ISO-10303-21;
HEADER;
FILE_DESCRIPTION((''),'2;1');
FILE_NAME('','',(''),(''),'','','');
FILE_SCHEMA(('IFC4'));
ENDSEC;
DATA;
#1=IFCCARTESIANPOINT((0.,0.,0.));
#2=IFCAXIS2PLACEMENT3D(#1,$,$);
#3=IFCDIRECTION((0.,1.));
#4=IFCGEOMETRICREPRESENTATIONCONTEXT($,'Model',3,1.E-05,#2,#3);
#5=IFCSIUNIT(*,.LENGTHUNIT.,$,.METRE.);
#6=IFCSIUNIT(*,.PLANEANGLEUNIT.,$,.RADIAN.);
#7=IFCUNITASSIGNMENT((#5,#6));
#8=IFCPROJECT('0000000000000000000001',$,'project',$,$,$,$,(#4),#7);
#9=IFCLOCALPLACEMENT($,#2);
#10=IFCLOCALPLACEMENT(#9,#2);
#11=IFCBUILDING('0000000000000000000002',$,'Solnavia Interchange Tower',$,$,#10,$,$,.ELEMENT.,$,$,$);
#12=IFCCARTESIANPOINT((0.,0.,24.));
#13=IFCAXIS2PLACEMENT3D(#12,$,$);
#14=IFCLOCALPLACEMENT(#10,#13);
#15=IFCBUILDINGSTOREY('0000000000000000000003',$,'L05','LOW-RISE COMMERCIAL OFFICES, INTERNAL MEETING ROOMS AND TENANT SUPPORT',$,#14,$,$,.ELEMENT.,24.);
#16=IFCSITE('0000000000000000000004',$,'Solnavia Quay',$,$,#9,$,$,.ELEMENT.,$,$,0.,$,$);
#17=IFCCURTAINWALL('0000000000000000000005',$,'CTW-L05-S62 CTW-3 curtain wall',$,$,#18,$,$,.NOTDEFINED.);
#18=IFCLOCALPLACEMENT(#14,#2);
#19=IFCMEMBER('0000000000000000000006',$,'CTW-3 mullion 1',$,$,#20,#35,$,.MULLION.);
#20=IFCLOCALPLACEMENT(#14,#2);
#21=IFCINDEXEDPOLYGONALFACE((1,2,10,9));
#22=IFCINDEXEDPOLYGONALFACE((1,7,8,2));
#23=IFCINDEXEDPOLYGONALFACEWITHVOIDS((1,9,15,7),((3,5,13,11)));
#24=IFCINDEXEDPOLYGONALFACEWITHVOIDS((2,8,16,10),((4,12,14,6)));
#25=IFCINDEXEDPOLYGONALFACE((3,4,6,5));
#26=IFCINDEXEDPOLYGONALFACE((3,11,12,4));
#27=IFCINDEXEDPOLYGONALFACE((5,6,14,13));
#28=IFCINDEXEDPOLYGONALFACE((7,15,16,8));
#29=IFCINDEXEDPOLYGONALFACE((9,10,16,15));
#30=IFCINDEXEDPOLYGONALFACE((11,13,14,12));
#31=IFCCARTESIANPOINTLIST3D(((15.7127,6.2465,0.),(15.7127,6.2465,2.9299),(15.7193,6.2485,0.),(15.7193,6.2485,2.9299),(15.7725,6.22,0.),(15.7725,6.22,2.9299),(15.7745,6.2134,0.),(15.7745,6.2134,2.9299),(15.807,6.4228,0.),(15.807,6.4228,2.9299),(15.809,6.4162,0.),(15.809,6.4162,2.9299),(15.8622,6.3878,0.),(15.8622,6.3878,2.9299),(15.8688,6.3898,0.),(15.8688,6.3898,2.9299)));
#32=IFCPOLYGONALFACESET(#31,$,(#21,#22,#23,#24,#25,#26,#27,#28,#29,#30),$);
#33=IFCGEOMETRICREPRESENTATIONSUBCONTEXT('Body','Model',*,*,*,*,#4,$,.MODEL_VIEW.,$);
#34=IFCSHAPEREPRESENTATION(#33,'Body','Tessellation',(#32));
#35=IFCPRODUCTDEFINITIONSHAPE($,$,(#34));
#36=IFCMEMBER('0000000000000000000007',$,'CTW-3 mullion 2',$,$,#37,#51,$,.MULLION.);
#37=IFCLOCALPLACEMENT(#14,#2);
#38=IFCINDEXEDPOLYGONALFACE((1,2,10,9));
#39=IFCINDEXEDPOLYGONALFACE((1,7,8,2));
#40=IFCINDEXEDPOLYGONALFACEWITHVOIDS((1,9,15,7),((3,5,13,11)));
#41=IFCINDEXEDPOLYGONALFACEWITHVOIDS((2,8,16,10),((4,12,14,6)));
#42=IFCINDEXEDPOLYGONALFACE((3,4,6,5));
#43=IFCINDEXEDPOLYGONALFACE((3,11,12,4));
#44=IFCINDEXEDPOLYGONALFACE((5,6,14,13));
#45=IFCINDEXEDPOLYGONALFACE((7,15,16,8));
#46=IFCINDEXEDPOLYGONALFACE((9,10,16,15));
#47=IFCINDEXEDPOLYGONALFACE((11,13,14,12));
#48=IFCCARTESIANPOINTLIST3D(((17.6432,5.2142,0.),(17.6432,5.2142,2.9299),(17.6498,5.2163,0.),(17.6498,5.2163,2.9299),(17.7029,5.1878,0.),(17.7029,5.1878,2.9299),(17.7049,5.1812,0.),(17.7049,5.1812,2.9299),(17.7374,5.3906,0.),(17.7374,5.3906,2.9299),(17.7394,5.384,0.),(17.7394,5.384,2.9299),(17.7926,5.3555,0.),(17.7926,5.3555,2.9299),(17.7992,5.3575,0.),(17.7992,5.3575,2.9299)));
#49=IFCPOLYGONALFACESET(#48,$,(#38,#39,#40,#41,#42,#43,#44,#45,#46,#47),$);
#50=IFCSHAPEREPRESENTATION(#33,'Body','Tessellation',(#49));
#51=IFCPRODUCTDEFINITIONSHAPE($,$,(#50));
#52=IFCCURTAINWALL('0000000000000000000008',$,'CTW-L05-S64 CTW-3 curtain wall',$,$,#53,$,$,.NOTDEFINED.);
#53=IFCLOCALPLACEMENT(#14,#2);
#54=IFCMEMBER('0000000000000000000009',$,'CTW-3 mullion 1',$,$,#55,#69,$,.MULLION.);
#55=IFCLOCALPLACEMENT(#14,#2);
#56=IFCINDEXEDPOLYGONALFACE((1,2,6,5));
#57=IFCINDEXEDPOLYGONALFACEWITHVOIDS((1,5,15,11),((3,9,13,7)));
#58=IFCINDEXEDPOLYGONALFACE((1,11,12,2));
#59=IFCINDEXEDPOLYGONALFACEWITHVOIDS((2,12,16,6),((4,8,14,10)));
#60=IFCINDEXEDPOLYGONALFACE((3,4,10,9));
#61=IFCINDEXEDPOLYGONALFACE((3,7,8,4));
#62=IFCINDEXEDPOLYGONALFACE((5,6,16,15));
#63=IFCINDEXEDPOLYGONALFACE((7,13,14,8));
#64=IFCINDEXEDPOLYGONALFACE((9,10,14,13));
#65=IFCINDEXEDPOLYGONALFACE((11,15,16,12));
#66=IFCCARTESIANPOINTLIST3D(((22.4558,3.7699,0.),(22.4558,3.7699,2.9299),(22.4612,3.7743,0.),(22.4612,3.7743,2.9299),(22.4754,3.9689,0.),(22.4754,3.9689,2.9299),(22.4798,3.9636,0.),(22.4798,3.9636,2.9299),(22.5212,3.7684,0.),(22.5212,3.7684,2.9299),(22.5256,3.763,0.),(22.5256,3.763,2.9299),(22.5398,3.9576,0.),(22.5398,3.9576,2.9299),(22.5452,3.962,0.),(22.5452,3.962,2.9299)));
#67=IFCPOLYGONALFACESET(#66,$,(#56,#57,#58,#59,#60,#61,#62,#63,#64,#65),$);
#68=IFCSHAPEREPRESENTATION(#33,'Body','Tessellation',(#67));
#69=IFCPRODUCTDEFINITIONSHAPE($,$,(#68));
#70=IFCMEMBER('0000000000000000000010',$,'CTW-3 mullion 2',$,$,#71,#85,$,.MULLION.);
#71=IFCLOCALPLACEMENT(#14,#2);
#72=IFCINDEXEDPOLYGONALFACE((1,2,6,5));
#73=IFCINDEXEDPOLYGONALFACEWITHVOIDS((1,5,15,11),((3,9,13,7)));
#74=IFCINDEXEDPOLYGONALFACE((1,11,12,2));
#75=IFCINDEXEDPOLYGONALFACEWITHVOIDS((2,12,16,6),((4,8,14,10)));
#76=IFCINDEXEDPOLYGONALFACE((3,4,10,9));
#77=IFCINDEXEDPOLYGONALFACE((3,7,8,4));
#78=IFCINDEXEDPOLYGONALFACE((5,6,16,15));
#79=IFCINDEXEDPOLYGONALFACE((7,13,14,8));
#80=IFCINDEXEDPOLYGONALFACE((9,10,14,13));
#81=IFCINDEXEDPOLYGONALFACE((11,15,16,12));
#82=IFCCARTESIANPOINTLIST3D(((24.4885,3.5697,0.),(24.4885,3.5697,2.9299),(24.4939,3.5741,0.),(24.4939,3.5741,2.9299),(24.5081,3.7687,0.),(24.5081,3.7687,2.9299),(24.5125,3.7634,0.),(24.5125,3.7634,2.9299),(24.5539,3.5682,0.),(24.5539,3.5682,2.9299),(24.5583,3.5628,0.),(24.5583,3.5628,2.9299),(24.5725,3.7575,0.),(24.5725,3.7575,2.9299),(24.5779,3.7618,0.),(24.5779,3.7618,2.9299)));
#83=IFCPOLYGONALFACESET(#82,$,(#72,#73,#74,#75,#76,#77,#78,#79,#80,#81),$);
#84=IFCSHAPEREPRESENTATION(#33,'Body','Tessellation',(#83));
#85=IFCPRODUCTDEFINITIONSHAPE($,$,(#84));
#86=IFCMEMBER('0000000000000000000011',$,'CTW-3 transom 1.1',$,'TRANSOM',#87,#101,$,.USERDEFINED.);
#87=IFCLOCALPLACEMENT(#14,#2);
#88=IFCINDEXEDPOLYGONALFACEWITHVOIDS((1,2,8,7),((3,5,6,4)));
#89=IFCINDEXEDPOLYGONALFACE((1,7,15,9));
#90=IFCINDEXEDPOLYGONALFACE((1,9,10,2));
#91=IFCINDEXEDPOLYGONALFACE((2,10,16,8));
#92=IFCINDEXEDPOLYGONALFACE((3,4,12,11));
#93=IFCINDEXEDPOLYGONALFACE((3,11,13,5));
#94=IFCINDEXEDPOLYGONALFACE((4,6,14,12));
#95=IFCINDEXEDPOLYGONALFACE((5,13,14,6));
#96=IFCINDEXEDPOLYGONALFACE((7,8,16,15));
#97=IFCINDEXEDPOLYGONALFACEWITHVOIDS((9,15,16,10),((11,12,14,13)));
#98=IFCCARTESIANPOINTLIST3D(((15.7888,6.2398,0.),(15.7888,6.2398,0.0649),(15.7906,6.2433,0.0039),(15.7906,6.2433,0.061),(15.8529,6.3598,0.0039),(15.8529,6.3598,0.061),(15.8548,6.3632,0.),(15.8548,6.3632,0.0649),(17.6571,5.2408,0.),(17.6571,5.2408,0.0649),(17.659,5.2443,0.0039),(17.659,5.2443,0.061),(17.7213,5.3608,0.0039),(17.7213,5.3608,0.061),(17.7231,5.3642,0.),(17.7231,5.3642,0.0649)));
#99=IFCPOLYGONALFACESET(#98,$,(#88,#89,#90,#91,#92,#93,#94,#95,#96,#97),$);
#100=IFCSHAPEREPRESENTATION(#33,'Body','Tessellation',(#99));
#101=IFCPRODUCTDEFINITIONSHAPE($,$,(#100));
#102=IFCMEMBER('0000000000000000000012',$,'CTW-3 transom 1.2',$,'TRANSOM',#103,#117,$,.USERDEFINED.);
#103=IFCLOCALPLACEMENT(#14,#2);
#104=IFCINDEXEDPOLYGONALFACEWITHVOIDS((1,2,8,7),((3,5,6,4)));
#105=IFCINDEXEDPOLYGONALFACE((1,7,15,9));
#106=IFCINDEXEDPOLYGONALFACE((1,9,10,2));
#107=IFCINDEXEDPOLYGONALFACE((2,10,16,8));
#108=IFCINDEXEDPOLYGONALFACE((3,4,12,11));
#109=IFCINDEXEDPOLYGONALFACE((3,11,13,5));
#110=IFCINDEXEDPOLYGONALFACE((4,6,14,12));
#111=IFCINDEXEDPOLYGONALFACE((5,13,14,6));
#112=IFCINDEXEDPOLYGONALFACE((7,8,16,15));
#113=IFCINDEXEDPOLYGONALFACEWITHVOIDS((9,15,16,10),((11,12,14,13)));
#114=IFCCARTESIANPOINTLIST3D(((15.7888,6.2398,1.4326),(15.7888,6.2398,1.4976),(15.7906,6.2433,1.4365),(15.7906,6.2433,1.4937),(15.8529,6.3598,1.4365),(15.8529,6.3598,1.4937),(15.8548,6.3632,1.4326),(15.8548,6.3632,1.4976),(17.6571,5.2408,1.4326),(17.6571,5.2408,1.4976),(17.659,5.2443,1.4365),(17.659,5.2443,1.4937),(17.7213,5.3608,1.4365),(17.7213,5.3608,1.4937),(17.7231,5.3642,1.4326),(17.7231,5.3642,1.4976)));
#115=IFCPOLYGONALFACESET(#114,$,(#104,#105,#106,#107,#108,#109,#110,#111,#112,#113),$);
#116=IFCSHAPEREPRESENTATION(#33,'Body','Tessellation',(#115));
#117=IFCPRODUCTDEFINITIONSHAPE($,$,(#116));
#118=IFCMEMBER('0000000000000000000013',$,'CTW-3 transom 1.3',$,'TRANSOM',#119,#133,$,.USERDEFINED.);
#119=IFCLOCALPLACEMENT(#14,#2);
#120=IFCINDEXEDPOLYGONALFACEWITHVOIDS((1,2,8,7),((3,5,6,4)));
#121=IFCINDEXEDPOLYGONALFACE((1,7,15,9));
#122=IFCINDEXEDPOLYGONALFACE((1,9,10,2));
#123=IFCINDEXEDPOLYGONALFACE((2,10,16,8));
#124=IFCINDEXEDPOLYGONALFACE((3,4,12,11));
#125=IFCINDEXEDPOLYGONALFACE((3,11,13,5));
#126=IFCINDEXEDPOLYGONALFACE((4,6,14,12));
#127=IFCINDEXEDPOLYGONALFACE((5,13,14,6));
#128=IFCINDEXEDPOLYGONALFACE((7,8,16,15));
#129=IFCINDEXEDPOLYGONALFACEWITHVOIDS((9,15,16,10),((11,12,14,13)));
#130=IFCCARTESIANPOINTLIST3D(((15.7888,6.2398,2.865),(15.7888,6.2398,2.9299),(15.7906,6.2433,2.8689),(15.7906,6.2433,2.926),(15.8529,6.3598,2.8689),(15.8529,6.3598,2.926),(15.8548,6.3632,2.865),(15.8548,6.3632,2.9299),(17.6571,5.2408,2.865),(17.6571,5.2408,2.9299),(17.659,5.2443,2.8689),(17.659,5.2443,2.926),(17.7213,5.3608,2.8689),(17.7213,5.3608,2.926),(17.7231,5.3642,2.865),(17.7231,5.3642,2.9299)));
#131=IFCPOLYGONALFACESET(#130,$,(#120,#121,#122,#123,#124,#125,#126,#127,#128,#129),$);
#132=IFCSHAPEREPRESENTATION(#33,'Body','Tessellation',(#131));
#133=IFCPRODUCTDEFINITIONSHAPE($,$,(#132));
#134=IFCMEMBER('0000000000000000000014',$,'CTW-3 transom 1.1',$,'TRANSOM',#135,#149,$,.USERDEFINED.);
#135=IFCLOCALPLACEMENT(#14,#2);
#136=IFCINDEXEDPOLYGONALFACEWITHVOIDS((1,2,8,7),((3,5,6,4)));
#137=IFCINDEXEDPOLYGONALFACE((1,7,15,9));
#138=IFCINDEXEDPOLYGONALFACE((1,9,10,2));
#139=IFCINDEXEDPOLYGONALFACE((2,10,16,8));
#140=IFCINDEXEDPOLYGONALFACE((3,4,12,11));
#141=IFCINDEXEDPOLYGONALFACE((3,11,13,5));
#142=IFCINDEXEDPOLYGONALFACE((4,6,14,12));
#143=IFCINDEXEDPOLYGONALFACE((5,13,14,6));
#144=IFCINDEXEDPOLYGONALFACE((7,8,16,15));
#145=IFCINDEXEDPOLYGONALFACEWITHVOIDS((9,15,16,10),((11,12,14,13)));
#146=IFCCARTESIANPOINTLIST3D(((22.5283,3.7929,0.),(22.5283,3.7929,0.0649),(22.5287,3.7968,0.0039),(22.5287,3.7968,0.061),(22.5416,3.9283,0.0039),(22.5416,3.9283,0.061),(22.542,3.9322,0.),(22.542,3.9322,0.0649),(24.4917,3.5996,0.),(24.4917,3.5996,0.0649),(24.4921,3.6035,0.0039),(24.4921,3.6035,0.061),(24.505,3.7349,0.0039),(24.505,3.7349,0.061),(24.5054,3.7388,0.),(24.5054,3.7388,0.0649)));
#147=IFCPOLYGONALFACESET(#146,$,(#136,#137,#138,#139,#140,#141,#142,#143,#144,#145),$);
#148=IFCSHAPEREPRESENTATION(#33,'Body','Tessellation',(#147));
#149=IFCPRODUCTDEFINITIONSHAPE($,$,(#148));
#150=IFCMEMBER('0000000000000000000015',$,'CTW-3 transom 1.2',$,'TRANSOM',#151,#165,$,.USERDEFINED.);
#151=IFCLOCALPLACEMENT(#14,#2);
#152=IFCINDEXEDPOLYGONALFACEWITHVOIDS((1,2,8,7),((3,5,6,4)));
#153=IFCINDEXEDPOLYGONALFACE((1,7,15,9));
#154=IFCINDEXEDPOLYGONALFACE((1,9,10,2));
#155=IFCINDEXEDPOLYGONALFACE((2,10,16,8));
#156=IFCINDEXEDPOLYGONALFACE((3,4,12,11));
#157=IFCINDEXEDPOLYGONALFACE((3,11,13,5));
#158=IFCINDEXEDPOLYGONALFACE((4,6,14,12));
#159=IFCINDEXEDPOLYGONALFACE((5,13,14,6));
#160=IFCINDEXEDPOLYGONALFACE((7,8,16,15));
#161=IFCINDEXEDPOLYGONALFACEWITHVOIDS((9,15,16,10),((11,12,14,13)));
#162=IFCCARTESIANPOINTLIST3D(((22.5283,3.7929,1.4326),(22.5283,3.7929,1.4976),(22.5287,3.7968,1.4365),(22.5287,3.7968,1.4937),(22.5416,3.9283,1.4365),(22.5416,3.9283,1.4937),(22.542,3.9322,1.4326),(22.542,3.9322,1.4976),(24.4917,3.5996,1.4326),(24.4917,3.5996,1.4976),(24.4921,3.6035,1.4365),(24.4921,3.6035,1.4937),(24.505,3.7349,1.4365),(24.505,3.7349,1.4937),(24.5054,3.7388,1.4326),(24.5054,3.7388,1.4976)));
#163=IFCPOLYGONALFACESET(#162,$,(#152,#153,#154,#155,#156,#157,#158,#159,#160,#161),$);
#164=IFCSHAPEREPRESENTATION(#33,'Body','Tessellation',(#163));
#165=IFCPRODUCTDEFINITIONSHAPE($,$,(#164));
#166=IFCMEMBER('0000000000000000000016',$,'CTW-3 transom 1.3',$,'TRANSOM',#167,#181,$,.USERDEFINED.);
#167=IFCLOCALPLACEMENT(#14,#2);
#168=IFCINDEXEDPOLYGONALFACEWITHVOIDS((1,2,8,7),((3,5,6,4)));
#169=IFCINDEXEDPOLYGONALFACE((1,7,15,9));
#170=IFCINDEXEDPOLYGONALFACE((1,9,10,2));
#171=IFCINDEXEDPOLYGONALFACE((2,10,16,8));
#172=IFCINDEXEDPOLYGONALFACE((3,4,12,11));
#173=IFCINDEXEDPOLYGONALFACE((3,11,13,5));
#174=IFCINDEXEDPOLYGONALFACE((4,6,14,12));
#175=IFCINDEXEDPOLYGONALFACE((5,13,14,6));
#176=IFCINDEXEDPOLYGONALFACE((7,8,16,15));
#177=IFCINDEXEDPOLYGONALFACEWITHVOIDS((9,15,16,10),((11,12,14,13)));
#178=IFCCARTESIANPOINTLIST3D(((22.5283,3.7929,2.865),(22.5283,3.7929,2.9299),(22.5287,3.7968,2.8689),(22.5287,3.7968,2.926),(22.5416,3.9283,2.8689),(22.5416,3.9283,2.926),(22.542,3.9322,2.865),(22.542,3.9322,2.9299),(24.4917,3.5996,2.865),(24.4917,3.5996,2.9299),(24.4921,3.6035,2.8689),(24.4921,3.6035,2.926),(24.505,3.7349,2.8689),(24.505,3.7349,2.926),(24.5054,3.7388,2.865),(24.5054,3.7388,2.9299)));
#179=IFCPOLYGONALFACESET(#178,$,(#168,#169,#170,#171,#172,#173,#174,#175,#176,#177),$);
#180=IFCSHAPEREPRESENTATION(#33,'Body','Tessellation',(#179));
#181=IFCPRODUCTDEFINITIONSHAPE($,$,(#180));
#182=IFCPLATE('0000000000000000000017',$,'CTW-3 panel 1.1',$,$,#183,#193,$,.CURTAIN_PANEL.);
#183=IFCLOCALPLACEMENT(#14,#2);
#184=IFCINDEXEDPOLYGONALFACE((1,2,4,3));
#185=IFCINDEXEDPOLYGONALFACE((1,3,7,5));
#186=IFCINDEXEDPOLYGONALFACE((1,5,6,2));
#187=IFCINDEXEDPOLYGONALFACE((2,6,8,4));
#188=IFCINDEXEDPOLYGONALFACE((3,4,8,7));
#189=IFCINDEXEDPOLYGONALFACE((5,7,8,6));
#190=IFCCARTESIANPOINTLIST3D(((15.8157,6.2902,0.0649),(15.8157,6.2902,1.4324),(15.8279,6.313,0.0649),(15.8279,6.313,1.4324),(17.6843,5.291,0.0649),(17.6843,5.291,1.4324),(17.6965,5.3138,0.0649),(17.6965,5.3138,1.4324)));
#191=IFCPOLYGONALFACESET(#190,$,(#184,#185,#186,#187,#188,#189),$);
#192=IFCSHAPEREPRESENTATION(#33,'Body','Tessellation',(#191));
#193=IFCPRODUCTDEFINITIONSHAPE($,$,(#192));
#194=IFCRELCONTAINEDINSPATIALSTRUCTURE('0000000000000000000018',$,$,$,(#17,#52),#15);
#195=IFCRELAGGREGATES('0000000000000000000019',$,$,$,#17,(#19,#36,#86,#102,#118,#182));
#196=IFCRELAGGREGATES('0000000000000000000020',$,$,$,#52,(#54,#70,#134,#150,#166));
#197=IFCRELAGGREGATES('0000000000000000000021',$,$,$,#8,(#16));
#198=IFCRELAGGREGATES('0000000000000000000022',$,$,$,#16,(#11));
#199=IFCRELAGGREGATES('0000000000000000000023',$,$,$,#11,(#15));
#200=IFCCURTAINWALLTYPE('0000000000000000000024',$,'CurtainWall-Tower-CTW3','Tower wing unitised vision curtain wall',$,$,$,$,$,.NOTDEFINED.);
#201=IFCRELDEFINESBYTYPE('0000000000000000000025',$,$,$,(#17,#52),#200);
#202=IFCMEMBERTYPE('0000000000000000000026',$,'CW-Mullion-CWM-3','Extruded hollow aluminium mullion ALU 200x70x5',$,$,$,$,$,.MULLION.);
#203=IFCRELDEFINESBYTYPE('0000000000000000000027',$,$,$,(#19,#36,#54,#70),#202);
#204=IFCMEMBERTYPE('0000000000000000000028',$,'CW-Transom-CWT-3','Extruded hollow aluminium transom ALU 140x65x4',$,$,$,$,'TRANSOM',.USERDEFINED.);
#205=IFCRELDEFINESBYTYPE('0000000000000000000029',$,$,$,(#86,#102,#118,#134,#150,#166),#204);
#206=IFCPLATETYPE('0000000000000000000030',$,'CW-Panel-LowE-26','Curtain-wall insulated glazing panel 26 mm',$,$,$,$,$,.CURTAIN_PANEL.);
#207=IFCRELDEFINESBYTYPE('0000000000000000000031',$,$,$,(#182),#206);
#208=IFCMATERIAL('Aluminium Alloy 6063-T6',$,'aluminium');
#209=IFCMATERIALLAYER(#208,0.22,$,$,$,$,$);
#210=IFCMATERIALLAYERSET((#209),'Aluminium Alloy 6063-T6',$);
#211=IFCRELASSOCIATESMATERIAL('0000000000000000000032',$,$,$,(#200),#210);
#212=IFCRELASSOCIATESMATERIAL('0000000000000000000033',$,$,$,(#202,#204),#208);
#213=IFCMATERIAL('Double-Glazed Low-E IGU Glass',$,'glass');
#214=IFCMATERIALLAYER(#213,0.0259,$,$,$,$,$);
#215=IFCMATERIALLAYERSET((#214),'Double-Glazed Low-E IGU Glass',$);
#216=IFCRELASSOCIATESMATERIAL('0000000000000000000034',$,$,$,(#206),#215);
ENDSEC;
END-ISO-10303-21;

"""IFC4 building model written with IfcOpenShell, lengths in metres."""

from ifc_helpers import new_model, si_unit, direction, frame, origin, origin_2d, place, context, subcontext, project, spatial, rectangle, hollow_rectangle, extrude, material, layer, layer_set, material_profile, profile_set, type_object, element, aggregate, save


model = new_model("IFC4")

# Units and contexts
model_context = context("Model", 3, precision=1e-05, world=origin(), true_north=direction((0.0, 1.0)))
body_context = subcontext(model_context, "Body", "Model", "MODEL_VIEW")
ifc_project = project(units=[si_unit("LENGTHUNIT", "METRE"), si_unit("PLANEANGLEUNIT", "RADIAN")], contexts=[model_context])

# Site, building, storey
site_placement = place(None, origin())
site = spatial("IfcSite", under=ifc_project, at=site_placement, Name="Solnavia Quay", CompositionType="ELEMENT", RefElevation=0.0)
building_placement = place(site_placement, origin())
building = spatial("IfcBuilding", under=site, at=building_placement, Name="Solnavia Interchange Tower", CompositionType="ELEMENT")
storey_placement = place(building_placement, frame((0.0, 0.0, 24.0)))
storey = spatial("IfcBuildingStorey", under=building, at=storey_placement, Name="L05", Description="LOW-RISE COMMERCIAL OFFICES, INTERNAL MEETING ROOMS AND TENANT SUPPORT", CompositionType="ELEMENT", Elevation=24.0)

# Curtain walls, members
ifc_material_1 = material(Name="Aluminium Alloy 6063-T6", Category="aluminium")
ifc_layer_1 = layer(ifc_material_1, 0.22)
ifc_layer_set_1 = layer_set([ifc_layer_1], Name="Aluminium Alloy 6063-T6")
curtain_wall_type = type_object("IfcCurtainWallType", Name="CurtainWall-Tower-CTW3", Description="Tower wing unitised vision curtain wall", PredefinedType="NOTDEFINED", material=ifc_layer_set_1)
curtain_wall_1_placement = place(storey_placement, origin())
curtain_wall_1 = element("IfcCurtainWall", 1, at=curtain_wall_1_placement, inside=storey, type_object=curtain_wall_type, Name="CTW-L05-S62 CTW-3 curtain wall", PredefinedType="NOTDEFINED")
ifc_material_profile_1 = material_profile(ifc_material_1, hollow_rectangle(XDim=0.0701, YDim=0.2, WallThickness=0.0049, at=origin_2d()), Name="ALU 200x70x5")
ifc_profile_set_1 = profile_set([ifc_material_profile_1], Name="Aluminium Alloy 6063-T6")
member_type_1 = type_object("IfcMemberType", Name="CW-Mullion-CWM-3", Description="Extruded hollow aluminium mullion ALU 200x70x5", PredefinedType="MULLION", material=ifc_profile_set_1)
member_1_placement = place(storey_placement, frame((15.7908, 6.3181, 0.0), z_axis=(0.0, 0.0, 1.0), x_axis=(0.881838, -0.471553, 0.0)))
member_1 = element("IfcMember", 2, at=member_1_placement, type_object=member_type_1, Name="CTW-3 mullion 1", PredefinedType="MULLION", context=body_context, shape_type="SweptSolid", body=[
    extrude(hollow_rectangle(XDim=0.0701, YDim=0.2, WallThickness=0.0049, at=origin_2d()), origin(), (0.0, 0.0, 1.0), 2.9299),
])
member_2_placement = place(storey_placement, frame((17.7212, 5.2859, 0.0), z_axis=(0.0, 0.0, 1.0), x_axis=(0.881838, -0.471553, 0.0)))
member_2 = element("IfcMember", 3, at=member_2_placement, type_object=member_type_1, Name="CTW-3 mullion 2", PredefinedType="MULLION", context=body_context, shape_type="SweptSolid", body=[
    extrude(hollow_rectangle(XDim=0.0701, YDim=0.2, WallThickness=0.0049, at=origin_2d()), origin(), (0.0, 0.0, 1.0), 2.9299),
])
curtain_wall_2_placement = place(storey_placement, origin())
curtain_wall_2 = element("IfcCurtainWall", 4, at=curtain_wall_2_placement, inside=storey, type_object=curtain_wall_type, Name="CTW-L05-S64 CTW-3 curtain wall", PredefinedType="NOTDEFINED")
member_3_placement = place(storey_placement, frame((22.5005, 3.866, 0.0), z_axis=(0.0, 0.0, 1.0), x_axis=(0.995184, -0.098027, 0.0)))
member_3 = element("IfcMember", 5, at=member_3_placement, type_object=member_type_1, Name="CTW-3 mullion 1", PredefinedType="MULLION", context=body_context, shape_type="SweptSolid", body=[
    extrude(hollow_rectangle(XDim=0.0701, YDim=0.2, WallThickness=0.0049, at=origin_2d()), origin(), (0.0, 0.0, 1.0), 2.9299),
])
member_4_placement = place(storey_placement, frame((24.5332, 3.6658, 0.0), z_axis=(0.0, 0.0, 1.0), x_axis=(0.995184, -0.098027, 0.0)))
member_4 = element("IfcMember", 6, at=member_4_placement, type_object=member_type_1, Name="CTW-3 mullion 2", PredefinedType="MULLION", context=body_context, shape_type="SweptSolid", body=[
    extrude(hollow_rectangle(XDim=0.0701, YDim=0.2, WallThickness=0.0049, at=origin_2d()), origin(), (0.0, 0.0, 1.0), 2.9299),
])

# Members
ifc_material_profile_2 = material_profile(ifc_material_1, hollow_rectangle(XDim=0.0649, YDim=0.1399, WallThickness=0.0039, at=origin_2d()), Name="ALU 140x65x4")
ifc_profile_set_2 = profile_set([ifc_material_profile_2], Name="Aluminium Alloy 6063-T6")
member_type_2 = type_object("IfcMemberType", Name="CW-Transom-CWT-3", Description="Extruded hollow aluminium transom ALU 140x65x4", ElementType="TRANSOM", PredefinedType="USERDEFINED", material=ifc_profile_set_2)
member_5_placement = place(storey_placement, frame((15.8218, 6.3015, 0.0325), z_axis=(0.881855, -0.471521, 0.0), x_axis=(0.0, 0.0, 1.0)))
member_5 = element("IfcMember", 7, at=member_5_placement, type_object=member_type_2, Name="CTW-3 transom 1.1", ObjectType="TRANSOM", PredefinedType="USERDEFINED", context=body_context, shape_type="SweptSolid", body=[
    extrude(hollow_rectangle(XDim=0.0649, YDim=0.1399, WallThickness=0.0039, at=origin_2d()), origin(), (0.0, 0.0, 1.0), 2.1187),
])
member_6_placement = place(storey_placement, frame((15.8218, 6.3015, 1.4651), z_axis=(0.881855, -0.471521, 0.0), x_axis=(0.0, 0.0, 1.0)))
member_6 = element("IfcMember", 8, at=member_6_placement, type_object=member_type_2, Name="CTW-3 transom 1.2", ObjectType="TRANSOM", PredefinedType="USERDEFINED", context=body_context, shape_type="SweptSolid", body=[
    extrude(hollow_rectangle(XDim=0.0649, YDim=0.1399, WallThickness=0.0039, at=origin_2d()), origin(), (0.0, 0.0, 1.0), 2.1187),
])
member_7_placement = place(storey_placement, frame((15.8218, 6.3015, 2.8975), z_axis=(0.881855, -0.471521, 0.0), x_axis=(0.0, 0.0, 1.0)))
member_7 = element("IfcMember", 9, at=member_7_placement, type_object=member_type_2, Name="CTW-3 transom 1.3", ObjectType="TRANSOM", PredefinedType="USERDEFINED", context=body_context, shape_type="SweptSolid", body=[
    extrude(hollow_rectangle(XDim=0.0649, YDim=0.1399, WallThickness=0.0039, at=origin_2d()), origin(), (0.0, 0.0, 1.0), 2.1187),
])
member_8_placement = place(storey_placement, frame((22.5352, 3.8625, 0.0325), z_axis=(0.995186, -0.098009, 0.0), x_axis=(0.0, 0.0, 1.0)))
member_8 = element("IfcMember", 10, at=member_8_placement, type_object=member_type_2, Name="CTW-3 transom 1.1", ObjectType="TRANSOM", PredefinedType="USERDEFINED", context=body_context, shape_type="SweptSolid", body=[
    extrude(hollow_rectangle(XDim=0.0649, YDim=0.1399, WallThickness=0.0039, at=origin_2d()), origin(), (0.0, 0.0, 1.0), 1.9729),
])
member_9_placement = place(storey_placement, frame((22.5352, 3.8625, 1.4651), z_axis=(0.995186, -0.098009, 0.0), x_axis=(0.0, 0.0, 1.0)))
member_9 = element("IfcMember", 11, at=member_9_placement, type_object=member_type_2, Name="CTW-3 transom 1.2", ObjectType="TRANSOM", PredefinedType="USERDEFINED", context=body_context, shape_type="SweptSolid", body=[
    extrude(hollow_rectangle(XDim=0.0649, YDim=0.1399, WallThickness=0.0039, at=origin_2d()), origin(), (0.0, 0.0, 1.0), 1.9729),
])
member_10_placement = place(storey_placement, frame((22.5352, 3.8625, 2.8975), z_axis=(0.995186, -0.098009, 0.0), x_axis=(0.0, 0.0, 1.0)))
member_10 = element("IfcMember", 12, at=member_10_placement, type_object=member_type_2, Name="CTW-3 transom 1.3", ObjectType="TRANSOM", PredefinedType="USERDEFINED", context=body_context, shape_type="SweptSolid", body=[
    extrude(hollow_rectangle(XDim=0.0649, YDim=0.1399, WallThickness=0.0039, at=origin_2d()), origin(), (0.0, 0.0, 1.0), 1.9729),
])

# Plate
ifc_material_2 = material(Name="Double-Glazed Low-E IGU Glass", Category="glass")
ifc_layer_2 = layer(ifc_material_2, 0.0259)
ifc_layer_set_2 = layer_set([ifc_layer_2], Name="Double-Glazed Low-E IGU Glass")
plate_type = type_object("IfcPlateType", Name="CW-Panel-LowE-26", Description="Curtain-wall insulated glazing panel 26 mm", PredefinedType="CURTAIN_PANEL", material=ifc_layer_set_2)
plate_1_placement = place(storey_placement, frame((16.7561, 5.802, 0.0649), z_axis=(0.0, 0.0, 1.0), x_axis=(0.881838, -0.471553, 0.0)))
plate_1 = element("IfcPlate", 13, at=plate_1_placement, type_object=plate_type, Name="CTW-3 panel 1.1", PredefinedType="CURTAIN_PANEL", context=body_context, shape_type="SweptSolid", body=[
    extrude(rectangle(XDim=2.1189, YDim=0.0259, at=origin_2d()), origin(), (0.0, 0.0, 1.0), 1.3674),
])
aggregate(curtain_wall_1, [member_1, member_2, member_5, member_6, member_7, plate_1])
aggregate(curtain_wall_2, [member_3, member_4, member_8, member_9, member_10])

save(model, "model.ifc")
